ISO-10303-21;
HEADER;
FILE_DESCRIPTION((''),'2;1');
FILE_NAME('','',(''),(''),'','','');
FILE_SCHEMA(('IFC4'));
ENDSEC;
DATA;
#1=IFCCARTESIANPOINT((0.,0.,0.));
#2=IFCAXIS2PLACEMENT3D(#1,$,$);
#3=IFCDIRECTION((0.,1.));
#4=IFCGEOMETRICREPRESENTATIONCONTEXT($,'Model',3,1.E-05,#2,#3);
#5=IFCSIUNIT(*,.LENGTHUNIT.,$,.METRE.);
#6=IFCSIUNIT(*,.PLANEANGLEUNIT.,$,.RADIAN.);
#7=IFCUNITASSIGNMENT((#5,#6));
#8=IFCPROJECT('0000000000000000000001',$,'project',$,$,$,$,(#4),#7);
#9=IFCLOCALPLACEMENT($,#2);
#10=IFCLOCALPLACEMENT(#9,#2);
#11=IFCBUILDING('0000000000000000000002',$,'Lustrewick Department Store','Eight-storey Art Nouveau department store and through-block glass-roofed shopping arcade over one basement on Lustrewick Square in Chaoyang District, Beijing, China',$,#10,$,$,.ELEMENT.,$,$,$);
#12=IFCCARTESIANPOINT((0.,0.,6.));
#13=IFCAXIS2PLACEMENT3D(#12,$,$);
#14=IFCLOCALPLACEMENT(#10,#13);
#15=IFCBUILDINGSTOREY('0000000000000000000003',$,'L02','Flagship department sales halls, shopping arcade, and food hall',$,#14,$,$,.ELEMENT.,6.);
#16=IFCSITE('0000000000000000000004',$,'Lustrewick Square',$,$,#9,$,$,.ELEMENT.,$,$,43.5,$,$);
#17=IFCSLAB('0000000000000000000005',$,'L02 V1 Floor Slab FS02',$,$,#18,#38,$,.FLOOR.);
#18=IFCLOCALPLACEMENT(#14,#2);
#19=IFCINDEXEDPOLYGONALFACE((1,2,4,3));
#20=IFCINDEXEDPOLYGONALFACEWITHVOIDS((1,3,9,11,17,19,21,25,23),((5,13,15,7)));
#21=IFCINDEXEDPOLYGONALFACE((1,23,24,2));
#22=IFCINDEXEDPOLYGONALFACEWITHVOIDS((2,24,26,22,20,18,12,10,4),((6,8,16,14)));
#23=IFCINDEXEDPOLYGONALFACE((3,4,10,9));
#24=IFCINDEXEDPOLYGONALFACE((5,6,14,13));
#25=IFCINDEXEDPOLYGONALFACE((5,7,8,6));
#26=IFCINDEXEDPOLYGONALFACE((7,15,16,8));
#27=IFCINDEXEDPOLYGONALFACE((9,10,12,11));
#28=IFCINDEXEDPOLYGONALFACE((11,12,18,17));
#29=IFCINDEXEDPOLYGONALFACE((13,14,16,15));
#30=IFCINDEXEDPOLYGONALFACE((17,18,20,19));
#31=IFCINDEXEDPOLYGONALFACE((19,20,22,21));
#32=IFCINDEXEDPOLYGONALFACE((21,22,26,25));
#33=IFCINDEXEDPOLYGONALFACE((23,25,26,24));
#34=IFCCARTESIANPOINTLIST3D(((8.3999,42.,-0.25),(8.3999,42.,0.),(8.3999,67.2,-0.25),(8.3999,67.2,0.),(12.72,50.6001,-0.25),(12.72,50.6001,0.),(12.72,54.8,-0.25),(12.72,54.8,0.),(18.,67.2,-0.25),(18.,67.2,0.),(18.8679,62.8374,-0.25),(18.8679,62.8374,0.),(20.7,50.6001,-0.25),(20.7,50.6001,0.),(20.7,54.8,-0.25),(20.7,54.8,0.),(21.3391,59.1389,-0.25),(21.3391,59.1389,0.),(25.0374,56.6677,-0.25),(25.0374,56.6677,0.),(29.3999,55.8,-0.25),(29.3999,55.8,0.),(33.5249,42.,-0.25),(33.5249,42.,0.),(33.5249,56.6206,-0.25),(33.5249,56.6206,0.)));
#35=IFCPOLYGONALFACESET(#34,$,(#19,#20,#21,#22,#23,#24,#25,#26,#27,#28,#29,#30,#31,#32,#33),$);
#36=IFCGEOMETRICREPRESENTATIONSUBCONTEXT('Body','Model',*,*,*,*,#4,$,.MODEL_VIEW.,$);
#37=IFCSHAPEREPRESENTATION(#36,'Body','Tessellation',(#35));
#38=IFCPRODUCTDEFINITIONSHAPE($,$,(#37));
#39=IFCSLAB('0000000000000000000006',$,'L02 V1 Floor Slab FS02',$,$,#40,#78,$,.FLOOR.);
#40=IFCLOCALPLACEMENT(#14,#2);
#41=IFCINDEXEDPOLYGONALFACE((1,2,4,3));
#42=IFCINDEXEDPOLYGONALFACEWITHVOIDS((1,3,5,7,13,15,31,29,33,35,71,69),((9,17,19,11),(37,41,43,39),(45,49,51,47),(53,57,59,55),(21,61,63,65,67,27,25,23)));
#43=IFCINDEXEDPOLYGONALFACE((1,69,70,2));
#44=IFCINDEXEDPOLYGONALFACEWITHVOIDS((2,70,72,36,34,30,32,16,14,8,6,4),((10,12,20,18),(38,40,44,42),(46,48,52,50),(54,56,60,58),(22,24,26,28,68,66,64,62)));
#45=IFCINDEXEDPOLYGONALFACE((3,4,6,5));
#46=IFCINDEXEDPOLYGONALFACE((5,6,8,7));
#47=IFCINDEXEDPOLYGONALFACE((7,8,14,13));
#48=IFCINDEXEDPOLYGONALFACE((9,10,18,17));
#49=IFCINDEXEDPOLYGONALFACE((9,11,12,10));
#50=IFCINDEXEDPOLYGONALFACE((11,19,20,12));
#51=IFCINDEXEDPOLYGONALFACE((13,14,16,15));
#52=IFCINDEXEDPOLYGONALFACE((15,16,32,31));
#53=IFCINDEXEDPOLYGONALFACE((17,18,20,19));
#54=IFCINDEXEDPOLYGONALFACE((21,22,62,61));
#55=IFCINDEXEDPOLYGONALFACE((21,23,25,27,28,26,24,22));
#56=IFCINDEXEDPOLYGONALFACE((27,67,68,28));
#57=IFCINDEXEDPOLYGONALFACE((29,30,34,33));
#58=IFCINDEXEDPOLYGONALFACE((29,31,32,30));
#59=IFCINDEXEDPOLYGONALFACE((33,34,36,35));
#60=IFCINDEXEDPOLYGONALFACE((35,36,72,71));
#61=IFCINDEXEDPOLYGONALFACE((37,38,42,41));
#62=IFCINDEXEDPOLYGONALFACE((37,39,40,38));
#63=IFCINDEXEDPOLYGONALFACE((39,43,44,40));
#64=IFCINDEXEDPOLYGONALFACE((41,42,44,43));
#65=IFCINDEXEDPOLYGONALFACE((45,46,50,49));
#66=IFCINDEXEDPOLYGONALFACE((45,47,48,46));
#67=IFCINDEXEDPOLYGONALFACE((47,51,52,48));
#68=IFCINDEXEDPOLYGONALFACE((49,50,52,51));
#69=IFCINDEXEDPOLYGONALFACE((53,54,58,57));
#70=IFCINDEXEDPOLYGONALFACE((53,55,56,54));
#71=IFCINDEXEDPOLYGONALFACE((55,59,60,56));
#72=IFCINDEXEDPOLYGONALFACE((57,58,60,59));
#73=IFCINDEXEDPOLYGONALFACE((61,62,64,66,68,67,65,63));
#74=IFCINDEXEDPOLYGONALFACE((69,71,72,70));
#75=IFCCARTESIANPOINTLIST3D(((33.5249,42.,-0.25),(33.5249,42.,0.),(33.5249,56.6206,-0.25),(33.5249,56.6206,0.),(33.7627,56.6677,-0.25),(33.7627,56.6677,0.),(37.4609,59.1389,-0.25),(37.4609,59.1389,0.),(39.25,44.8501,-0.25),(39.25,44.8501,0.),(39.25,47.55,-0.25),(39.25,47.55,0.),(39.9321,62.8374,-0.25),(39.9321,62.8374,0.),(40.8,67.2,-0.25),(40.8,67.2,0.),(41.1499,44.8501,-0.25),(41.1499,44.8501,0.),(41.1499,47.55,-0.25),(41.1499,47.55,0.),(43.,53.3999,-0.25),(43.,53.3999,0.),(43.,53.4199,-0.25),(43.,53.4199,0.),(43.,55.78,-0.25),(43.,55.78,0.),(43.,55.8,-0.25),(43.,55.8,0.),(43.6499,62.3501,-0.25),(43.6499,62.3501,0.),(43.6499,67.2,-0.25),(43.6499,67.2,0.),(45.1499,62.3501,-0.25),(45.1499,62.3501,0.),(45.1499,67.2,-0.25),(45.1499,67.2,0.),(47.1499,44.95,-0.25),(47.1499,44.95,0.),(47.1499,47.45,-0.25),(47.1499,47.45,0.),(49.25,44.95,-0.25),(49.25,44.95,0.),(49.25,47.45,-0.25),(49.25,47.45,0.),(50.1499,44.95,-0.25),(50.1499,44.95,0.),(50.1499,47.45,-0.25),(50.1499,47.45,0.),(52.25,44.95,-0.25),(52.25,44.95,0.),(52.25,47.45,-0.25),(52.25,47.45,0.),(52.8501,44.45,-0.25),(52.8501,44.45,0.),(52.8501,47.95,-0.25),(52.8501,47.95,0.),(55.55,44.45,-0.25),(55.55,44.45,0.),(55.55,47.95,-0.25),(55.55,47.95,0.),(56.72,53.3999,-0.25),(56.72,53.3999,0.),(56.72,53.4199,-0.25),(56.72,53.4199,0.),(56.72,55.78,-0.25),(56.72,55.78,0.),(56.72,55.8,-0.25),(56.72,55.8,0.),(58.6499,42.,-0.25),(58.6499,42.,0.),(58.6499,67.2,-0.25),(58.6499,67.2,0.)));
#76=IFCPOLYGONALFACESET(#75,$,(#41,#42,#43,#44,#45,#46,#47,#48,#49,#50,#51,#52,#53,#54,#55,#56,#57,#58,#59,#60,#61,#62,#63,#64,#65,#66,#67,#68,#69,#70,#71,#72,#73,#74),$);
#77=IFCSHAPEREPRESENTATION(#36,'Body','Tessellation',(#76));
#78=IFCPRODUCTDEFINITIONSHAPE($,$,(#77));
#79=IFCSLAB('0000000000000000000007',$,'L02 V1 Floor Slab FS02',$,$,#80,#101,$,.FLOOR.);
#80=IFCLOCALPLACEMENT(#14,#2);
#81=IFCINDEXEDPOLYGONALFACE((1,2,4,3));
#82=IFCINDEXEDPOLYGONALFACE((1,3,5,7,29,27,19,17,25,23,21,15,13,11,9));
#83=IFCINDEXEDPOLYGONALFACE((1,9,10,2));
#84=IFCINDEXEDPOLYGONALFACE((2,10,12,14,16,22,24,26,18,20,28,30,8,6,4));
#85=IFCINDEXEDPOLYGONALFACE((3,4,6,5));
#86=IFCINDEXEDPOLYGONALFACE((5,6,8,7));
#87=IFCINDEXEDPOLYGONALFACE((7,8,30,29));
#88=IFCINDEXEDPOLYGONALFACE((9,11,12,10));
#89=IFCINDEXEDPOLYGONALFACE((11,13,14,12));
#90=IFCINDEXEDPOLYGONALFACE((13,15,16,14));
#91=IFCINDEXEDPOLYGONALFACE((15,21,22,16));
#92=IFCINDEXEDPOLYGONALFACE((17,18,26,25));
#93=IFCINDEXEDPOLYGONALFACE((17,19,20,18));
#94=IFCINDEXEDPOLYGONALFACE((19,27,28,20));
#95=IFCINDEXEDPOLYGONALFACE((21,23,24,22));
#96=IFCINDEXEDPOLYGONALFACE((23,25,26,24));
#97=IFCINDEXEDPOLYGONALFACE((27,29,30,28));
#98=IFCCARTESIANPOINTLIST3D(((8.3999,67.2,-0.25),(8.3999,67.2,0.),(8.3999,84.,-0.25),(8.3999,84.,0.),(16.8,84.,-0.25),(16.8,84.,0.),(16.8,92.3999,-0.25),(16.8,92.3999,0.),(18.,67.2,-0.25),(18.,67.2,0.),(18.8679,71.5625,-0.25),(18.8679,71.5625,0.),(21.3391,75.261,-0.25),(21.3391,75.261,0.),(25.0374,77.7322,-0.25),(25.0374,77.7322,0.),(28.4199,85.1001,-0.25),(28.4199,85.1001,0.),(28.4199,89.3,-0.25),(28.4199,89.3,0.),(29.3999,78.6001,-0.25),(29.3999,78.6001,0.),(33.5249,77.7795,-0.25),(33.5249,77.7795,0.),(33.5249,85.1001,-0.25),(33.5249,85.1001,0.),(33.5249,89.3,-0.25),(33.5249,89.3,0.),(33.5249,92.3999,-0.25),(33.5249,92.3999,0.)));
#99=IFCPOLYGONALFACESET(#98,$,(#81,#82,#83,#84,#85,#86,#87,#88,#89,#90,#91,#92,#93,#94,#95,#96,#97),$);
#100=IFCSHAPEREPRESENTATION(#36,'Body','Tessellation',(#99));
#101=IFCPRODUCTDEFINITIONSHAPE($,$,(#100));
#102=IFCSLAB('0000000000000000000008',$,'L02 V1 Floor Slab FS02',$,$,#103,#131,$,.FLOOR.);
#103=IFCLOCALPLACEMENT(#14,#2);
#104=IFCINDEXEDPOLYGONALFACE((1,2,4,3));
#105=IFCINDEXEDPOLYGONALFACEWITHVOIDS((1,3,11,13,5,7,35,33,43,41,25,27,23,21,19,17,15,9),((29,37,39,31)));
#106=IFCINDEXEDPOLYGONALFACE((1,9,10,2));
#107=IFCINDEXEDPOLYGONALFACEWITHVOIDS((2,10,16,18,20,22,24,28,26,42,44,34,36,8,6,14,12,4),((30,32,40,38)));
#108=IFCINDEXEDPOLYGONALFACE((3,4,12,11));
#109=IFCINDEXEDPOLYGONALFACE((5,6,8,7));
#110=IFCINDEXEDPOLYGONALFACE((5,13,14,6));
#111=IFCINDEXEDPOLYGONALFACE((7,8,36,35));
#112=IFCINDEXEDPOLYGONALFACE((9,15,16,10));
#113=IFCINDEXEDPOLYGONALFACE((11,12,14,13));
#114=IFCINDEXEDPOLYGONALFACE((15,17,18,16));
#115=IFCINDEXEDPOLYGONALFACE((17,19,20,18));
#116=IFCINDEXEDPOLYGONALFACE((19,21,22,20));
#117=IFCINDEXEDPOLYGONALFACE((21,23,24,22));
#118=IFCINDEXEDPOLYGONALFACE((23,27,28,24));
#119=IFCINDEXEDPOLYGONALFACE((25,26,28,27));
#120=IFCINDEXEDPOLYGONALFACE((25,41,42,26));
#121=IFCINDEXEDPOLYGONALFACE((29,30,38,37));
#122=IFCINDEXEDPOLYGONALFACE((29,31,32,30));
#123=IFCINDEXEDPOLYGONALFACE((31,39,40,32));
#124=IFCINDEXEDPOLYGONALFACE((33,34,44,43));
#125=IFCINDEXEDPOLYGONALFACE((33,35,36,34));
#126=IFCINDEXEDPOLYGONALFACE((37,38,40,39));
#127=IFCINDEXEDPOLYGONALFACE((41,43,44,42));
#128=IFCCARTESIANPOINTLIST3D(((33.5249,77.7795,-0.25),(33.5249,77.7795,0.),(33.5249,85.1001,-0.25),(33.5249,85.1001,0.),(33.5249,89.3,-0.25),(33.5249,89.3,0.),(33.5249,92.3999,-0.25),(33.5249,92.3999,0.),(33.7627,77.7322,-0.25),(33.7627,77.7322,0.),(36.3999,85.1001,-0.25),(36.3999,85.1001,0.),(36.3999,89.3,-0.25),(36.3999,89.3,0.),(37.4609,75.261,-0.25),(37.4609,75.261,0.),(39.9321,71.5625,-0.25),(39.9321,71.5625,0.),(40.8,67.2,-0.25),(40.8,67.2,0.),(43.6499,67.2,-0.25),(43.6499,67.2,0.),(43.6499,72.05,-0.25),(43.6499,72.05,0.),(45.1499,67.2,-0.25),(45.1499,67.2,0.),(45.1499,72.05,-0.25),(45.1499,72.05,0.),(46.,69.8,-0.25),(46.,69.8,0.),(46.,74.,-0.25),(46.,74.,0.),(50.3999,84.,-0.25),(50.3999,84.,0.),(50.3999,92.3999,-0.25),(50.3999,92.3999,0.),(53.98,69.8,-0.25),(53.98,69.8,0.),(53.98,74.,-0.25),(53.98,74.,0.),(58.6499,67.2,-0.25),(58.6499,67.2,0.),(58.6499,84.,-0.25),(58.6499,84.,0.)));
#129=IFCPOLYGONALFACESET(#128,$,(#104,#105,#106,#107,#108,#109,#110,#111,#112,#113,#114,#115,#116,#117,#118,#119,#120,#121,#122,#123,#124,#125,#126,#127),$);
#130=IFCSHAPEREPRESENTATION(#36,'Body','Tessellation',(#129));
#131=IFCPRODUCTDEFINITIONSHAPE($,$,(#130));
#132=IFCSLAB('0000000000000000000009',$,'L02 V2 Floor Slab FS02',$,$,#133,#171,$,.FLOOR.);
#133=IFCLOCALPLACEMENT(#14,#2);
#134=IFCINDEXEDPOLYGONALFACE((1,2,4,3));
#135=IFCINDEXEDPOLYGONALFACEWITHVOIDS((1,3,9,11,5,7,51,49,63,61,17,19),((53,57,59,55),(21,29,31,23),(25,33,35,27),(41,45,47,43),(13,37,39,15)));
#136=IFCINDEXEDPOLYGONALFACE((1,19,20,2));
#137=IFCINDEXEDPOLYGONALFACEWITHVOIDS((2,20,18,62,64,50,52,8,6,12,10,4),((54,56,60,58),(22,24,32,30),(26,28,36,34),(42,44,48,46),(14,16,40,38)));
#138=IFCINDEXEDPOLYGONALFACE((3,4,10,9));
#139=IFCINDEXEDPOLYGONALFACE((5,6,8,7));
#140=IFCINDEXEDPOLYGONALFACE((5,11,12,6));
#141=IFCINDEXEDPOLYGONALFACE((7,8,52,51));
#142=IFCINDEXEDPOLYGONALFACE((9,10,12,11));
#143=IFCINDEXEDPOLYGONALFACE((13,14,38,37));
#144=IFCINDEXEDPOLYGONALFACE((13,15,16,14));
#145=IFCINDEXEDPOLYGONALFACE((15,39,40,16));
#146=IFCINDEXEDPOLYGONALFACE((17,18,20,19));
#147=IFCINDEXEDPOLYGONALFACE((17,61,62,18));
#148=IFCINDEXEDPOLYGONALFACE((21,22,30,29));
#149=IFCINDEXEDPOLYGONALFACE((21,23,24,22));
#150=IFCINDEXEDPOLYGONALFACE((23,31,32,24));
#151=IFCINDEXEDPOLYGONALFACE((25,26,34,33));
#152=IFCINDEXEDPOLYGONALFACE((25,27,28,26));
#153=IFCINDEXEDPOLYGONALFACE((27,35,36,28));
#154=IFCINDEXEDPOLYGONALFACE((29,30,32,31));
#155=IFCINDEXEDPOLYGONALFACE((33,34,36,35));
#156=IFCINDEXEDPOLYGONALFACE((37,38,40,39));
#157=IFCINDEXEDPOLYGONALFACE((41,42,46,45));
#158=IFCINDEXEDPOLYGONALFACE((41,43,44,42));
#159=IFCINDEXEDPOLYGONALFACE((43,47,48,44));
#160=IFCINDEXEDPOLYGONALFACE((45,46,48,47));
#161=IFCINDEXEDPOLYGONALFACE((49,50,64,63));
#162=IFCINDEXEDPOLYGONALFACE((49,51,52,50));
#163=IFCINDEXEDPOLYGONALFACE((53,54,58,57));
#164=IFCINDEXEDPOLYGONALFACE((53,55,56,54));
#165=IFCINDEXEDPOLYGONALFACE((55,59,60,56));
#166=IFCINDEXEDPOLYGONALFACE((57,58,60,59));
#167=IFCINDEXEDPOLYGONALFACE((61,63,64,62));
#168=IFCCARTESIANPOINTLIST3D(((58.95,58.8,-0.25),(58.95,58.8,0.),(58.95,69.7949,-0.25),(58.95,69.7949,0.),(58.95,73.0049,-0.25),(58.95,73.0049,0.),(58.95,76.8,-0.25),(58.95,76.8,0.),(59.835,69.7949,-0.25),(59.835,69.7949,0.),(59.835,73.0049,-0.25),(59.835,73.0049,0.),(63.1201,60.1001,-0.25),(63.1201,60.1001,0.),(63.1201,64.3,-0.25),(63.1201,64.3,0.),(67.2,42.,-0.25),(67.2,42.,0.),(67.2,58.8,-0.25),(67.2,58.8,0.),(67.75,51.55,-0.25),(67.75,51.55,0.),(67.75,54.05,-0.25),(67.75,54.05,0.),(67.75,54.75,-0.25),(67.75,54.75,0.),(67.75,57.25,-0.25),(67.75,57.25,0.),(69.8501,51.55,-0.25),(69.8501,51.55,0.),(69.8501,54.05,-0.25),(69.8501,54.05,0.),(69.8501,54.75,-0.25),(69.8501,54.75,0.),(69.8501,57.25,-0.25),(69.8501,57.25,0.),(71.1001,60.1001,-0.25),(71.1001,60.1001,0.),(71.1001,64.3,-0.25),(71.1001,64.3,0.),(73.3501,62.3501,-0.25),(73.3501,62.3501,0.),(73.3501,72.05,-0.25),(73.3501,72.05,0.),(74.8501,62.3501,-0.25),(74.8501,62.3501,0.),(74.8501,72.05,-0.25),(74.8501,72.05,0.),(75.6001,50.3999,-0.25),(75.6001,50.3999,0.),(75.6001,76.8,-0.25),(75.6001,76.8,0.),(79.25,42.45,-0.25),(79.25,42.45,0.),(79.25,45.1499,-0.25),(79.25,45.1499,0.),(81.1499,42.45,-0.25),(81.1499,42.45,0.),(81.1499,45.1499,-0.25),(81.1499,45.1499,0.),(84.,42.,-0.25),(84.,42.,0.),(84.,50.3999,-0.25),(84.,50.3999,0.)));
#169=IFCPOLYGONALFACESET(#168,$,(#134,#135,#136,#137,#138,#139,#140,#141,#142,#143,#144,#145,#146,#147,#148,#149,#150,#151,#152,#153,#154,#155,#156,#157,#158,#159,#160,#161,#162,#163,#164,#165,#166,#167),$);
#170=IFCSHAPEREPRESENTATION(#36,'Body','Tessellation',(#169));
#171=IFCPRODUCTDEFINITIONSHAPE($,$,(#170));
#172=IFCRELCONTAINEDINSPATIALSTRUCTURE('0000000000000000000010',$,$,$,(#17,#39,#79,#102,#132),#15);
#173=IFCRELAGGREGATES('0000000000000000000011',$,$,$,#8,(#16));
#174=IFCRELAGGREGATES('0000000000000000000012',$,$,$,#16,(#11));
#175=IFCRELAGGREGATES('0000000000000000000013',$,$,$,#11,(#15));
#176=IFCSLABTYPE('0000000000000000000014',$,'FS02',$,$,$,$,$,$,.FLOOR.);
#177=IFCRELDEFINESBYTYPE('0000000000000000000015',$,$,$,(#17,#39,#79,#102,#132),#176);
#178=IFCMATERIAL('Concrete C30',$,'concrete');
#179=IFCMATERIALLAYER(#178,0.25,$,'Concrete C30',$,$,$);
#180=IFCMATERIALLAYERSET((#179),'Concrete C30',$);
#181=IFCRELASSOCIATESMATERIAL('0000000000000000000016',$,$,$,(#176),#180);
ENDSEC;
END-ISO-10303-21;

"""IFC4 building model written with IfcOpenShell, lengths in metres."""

from ifc_helpers import new_model, si_unit, direction, frame, origin, place, context, subcontext, project, spatial, polyline, outline, extrude, material, layer, layer_set, type_object, element, save


model = new_model("IFC4")

# Units and contexts
model_context = context("Model", 3, precision=1e-05, world=origin(), true_north=direction((0.0, 1.0)))
body_context = subcontext(model_context, "Body", "Model", "MODEL_VIEW")
ifc_project = project(units=[si_unit("LENGTHUNIT", "METRE"), si_unit("PLANEANGLEUNIT", "RADIAN")], contexts=[model_context])

# Site, building, storey
site_placement = place(None, origin())
site = spatial("IfcSite", under=ifc_project, at=site_placement, Name="Lustrewick Square", CompositionType="ELEMENT", RefElevation=43.5)
building_placement = place(site_placement, origin())
building = spatial("IfcBuilding", under=site, at=building_placement, Name="Lustrewick Department Store", Description="Eight-storey Art Nouveau department store and through-block glass-roofed shopping arcade over one basement on Lustrewick Square in Chaoyang District, Beijing, China", CompositionType="ELEMENT")
storey_placement = place(building_placement, frame((0.0, 0.0, 6.0)))
storey = spatial("IfcBuildingStorey", under=building, at=storey_placement, Name="L02", Description="Flagship department sales halls, shopping arcade, and food hall", CompositionType="ELEMENT", Elevation=6.0)

# Slabs
ifc_material = material(Name="Concrete C30", Category="concrete")
ifc_layer = layer(ifc_material, 0.25, Name="Concrete C30")
ifc_layer_set = layer_set([ifc_layer], Name="Concrete C30")
slab_type = type_object("IfcSlabType", Name="FS02", PredefinedType="FLOOR", material=ifc_layer_set)
slab_1_placement = place(storey_placement, frame((0.0, 0.0, -0.25)))
element("IfcSlab", 1, at=slab_1_placement, inside=storey, type_object=slab_type, Name="L02 V1 Floor Slab FS02", PredefinedType="FLOOR", context=body_context, shape_type="SweptSolid", body=[
    extrude(outline(polyline([(8.3999, 42.0), (33.5249, 42.0), (33.5249, 56.6206), (29.3999, 55.8), (25.0374, 56.6677), (21.3391, 59.1389), (18.8679, 62.8374), (18.0, 67.2), (8.3999, 67.2), (8.3999, 42.0)]), holes=[polyline([(12.72, 50.6001), (12.72, 54.8), (20.7, 54.8), (20.7, 50.6001), (12.72, 50.6001)])]), origin(), (0.0, 0.0, 1.0), 0.25),
])
slab_2_placement = place(storey_placement, frame((0.0, 0.0, -0.25)))
element("IfcSlab", 2, at=slab_2_placement, inside=storey, type_object=slab_type, Name="L02 V1 Floor Slab FS02", PredefinedType="FLOOR", context=body_context, shape_type="SweptSolid", body=[
    extrude(outline(polyline([(58.6499, 42.0), (58.6499, 67.2), (45.1499, 67.2), (45.1499, 62.3501), (43.6499, 62.3501), (43.6499, 67.2), (40.8, 67.2), (39.9321, 62.8374), (37.4609, 59.1389), (33.7627, 56.6677), (33.5249, 56.6206), (33.5249, 42.0), (58.6499, 42.0)]), holes=[polyline([(43.0, 53.3999), (56.72, 53.3999), (56.72, 53.4199), (56.72, 55.78), (56.72, 55.8), (43.0, 55.8), (43.0, 55.78), (43.0, 53.4199), (43.0, 53.3999)]), polyline([(55.55, 44.45), (55.55, 47.95), (52.8501, 47.95), (52.8501, 44.45), (55.55, 44.45)]), polyline([(52.25, 44.95), (52.25, 47.45), (50.1499, 47.45), (50.1499, 44.95), (52.25, 44.95)]), polyline([(49.25, 44.95), (49.25, 47.45), (47.1499, 47.45), (47.1499, 44.95), (49.25, 44.95)]), polyline([(41.1499, 44.8501), (41.1499, 47.55), (39.25, 47.55), (39.25, 44.8501), (41.1499, 44.8501)])]), origin(), (0.0, 0.0, 1.0), 0.25),
])
slab_3_placement = place(storey_placement, frame((0.0, 0.0, -0.25)))
element("IfcSlab", 3, at=slab_3_placement, inside=storey, type_object=slab_type, Name="L02 V1 Floor Slab FS02", PredefinedType="FLOOR", context=body_context, shape_type="SweptSolid", body=[
    extrude(outline(polyline([(8.3999, 84.0), (8.3999, 67.2), (18.0, 67.2), (18.8679, 71.5625), (21.3391, 75.261), (25.0374, 77.7322), (29.3999, 78.6001), (33.5249, 77.7795), (33.5249, 85.1001), (28.4199, 85.1001), (28.4199, 89.3), (33.5249, 89.3), (33.5249, 92.3999), (16.8, 92.3999), (16.8, 84.0), (8.3999, 84.0)])), origin(), (0.0, 0.0, 1.0), 0.25),
])
slab_4_placement = place(storey_placement, frame((0.0, 0.0, -0.25)))
element("IfcSlab", 4, at=slab_4_placement, inside=storey, type_object=slab_type, Name="L02 V1 Floor Slab FS02", PredefinedType="FLOOR", context=body_context, shape_type="SweptSolid", body=[
    extrude(outline(polyline([(58.6499, 67.2), (58.6499, 84.0), (50.3999, 84.0), (50.3999, 92.3999), (33.5249, 92.3999), (33.5249, 89.3), (36.3999, 89.3), (36.3999, 85.1001), (33.5249, 85.1001), (33.5249, 77.7795), (33.7627, 77.7322), (37.4609, 75.261), (39.9321, 71.5625), (40.8, 67.2), (43.6499, 67.2), (43.6499, 72.05), (45.1499, 72.05), (45.1499, 67.2), (58.6499, 67.2)]), holes=[polyline([(46.0, 69.8), (46.0, 74.0), (53.98, 74.0), (53.98, 69.8), (46.0, 69.8)])]), origin(), (0.0, 0.0, 1.0), 0.25),
])
slab_5_placement = place(storey_placement, frame((0.0, 0.0, -0.25)))
element("IfcSlab", 5, at=slab_5_placement, inside=storey, type_object=slab_type, Name="L02 V2 Floor Slab FS02", PredefinedType="FLOOR", context=body_context, shape_type="SweptSolid", body=[
    extrude(outline(polyline([(67.2, 58.8), (67.2, 42.0), (84.0, 42.0), (84.0, 50.3999), (75.6001, 50.3999), (75.6001, 76.8), (58.95, 76.8), (58.95, 73.0049), (59.835, 73.0049), (59.835, 69.7949), (58.95, 69.7949), (58.95, 58.8), (67.2, 58.8)]), holes=[polyline([(79.25, 42.45), (79.25, 45.1499), (81.1499, 45.1499), (81.1499, 42.45), (79.25, 42.45)]), polyline([(73.3501, 62.3501), (73.3501, 72.05), (74.8501, 72.05), (74.8501, 62.3501), (73.3501, 62.3501)]), polyline([(63.1201, 60.1001), (63.1201, 64.3), (71.1001, 64.3), (71.1001, 60.1001), (63.1201, 60.1001)]), polyline([(67.75, 51.55), (67.75, 54.05), (69.8501, 54.05), (69.8501, 51.55), (67.75, 51.55)]), polyline([(67.75, 54.75), (67.75, 57.25), (69.8501, 57.25), (69.8501, 54.75), (67.75, 54.75)])]), origin(), (0.0, 0.0, 1.0), 0.25),
])

save(model, "model.ifc")
